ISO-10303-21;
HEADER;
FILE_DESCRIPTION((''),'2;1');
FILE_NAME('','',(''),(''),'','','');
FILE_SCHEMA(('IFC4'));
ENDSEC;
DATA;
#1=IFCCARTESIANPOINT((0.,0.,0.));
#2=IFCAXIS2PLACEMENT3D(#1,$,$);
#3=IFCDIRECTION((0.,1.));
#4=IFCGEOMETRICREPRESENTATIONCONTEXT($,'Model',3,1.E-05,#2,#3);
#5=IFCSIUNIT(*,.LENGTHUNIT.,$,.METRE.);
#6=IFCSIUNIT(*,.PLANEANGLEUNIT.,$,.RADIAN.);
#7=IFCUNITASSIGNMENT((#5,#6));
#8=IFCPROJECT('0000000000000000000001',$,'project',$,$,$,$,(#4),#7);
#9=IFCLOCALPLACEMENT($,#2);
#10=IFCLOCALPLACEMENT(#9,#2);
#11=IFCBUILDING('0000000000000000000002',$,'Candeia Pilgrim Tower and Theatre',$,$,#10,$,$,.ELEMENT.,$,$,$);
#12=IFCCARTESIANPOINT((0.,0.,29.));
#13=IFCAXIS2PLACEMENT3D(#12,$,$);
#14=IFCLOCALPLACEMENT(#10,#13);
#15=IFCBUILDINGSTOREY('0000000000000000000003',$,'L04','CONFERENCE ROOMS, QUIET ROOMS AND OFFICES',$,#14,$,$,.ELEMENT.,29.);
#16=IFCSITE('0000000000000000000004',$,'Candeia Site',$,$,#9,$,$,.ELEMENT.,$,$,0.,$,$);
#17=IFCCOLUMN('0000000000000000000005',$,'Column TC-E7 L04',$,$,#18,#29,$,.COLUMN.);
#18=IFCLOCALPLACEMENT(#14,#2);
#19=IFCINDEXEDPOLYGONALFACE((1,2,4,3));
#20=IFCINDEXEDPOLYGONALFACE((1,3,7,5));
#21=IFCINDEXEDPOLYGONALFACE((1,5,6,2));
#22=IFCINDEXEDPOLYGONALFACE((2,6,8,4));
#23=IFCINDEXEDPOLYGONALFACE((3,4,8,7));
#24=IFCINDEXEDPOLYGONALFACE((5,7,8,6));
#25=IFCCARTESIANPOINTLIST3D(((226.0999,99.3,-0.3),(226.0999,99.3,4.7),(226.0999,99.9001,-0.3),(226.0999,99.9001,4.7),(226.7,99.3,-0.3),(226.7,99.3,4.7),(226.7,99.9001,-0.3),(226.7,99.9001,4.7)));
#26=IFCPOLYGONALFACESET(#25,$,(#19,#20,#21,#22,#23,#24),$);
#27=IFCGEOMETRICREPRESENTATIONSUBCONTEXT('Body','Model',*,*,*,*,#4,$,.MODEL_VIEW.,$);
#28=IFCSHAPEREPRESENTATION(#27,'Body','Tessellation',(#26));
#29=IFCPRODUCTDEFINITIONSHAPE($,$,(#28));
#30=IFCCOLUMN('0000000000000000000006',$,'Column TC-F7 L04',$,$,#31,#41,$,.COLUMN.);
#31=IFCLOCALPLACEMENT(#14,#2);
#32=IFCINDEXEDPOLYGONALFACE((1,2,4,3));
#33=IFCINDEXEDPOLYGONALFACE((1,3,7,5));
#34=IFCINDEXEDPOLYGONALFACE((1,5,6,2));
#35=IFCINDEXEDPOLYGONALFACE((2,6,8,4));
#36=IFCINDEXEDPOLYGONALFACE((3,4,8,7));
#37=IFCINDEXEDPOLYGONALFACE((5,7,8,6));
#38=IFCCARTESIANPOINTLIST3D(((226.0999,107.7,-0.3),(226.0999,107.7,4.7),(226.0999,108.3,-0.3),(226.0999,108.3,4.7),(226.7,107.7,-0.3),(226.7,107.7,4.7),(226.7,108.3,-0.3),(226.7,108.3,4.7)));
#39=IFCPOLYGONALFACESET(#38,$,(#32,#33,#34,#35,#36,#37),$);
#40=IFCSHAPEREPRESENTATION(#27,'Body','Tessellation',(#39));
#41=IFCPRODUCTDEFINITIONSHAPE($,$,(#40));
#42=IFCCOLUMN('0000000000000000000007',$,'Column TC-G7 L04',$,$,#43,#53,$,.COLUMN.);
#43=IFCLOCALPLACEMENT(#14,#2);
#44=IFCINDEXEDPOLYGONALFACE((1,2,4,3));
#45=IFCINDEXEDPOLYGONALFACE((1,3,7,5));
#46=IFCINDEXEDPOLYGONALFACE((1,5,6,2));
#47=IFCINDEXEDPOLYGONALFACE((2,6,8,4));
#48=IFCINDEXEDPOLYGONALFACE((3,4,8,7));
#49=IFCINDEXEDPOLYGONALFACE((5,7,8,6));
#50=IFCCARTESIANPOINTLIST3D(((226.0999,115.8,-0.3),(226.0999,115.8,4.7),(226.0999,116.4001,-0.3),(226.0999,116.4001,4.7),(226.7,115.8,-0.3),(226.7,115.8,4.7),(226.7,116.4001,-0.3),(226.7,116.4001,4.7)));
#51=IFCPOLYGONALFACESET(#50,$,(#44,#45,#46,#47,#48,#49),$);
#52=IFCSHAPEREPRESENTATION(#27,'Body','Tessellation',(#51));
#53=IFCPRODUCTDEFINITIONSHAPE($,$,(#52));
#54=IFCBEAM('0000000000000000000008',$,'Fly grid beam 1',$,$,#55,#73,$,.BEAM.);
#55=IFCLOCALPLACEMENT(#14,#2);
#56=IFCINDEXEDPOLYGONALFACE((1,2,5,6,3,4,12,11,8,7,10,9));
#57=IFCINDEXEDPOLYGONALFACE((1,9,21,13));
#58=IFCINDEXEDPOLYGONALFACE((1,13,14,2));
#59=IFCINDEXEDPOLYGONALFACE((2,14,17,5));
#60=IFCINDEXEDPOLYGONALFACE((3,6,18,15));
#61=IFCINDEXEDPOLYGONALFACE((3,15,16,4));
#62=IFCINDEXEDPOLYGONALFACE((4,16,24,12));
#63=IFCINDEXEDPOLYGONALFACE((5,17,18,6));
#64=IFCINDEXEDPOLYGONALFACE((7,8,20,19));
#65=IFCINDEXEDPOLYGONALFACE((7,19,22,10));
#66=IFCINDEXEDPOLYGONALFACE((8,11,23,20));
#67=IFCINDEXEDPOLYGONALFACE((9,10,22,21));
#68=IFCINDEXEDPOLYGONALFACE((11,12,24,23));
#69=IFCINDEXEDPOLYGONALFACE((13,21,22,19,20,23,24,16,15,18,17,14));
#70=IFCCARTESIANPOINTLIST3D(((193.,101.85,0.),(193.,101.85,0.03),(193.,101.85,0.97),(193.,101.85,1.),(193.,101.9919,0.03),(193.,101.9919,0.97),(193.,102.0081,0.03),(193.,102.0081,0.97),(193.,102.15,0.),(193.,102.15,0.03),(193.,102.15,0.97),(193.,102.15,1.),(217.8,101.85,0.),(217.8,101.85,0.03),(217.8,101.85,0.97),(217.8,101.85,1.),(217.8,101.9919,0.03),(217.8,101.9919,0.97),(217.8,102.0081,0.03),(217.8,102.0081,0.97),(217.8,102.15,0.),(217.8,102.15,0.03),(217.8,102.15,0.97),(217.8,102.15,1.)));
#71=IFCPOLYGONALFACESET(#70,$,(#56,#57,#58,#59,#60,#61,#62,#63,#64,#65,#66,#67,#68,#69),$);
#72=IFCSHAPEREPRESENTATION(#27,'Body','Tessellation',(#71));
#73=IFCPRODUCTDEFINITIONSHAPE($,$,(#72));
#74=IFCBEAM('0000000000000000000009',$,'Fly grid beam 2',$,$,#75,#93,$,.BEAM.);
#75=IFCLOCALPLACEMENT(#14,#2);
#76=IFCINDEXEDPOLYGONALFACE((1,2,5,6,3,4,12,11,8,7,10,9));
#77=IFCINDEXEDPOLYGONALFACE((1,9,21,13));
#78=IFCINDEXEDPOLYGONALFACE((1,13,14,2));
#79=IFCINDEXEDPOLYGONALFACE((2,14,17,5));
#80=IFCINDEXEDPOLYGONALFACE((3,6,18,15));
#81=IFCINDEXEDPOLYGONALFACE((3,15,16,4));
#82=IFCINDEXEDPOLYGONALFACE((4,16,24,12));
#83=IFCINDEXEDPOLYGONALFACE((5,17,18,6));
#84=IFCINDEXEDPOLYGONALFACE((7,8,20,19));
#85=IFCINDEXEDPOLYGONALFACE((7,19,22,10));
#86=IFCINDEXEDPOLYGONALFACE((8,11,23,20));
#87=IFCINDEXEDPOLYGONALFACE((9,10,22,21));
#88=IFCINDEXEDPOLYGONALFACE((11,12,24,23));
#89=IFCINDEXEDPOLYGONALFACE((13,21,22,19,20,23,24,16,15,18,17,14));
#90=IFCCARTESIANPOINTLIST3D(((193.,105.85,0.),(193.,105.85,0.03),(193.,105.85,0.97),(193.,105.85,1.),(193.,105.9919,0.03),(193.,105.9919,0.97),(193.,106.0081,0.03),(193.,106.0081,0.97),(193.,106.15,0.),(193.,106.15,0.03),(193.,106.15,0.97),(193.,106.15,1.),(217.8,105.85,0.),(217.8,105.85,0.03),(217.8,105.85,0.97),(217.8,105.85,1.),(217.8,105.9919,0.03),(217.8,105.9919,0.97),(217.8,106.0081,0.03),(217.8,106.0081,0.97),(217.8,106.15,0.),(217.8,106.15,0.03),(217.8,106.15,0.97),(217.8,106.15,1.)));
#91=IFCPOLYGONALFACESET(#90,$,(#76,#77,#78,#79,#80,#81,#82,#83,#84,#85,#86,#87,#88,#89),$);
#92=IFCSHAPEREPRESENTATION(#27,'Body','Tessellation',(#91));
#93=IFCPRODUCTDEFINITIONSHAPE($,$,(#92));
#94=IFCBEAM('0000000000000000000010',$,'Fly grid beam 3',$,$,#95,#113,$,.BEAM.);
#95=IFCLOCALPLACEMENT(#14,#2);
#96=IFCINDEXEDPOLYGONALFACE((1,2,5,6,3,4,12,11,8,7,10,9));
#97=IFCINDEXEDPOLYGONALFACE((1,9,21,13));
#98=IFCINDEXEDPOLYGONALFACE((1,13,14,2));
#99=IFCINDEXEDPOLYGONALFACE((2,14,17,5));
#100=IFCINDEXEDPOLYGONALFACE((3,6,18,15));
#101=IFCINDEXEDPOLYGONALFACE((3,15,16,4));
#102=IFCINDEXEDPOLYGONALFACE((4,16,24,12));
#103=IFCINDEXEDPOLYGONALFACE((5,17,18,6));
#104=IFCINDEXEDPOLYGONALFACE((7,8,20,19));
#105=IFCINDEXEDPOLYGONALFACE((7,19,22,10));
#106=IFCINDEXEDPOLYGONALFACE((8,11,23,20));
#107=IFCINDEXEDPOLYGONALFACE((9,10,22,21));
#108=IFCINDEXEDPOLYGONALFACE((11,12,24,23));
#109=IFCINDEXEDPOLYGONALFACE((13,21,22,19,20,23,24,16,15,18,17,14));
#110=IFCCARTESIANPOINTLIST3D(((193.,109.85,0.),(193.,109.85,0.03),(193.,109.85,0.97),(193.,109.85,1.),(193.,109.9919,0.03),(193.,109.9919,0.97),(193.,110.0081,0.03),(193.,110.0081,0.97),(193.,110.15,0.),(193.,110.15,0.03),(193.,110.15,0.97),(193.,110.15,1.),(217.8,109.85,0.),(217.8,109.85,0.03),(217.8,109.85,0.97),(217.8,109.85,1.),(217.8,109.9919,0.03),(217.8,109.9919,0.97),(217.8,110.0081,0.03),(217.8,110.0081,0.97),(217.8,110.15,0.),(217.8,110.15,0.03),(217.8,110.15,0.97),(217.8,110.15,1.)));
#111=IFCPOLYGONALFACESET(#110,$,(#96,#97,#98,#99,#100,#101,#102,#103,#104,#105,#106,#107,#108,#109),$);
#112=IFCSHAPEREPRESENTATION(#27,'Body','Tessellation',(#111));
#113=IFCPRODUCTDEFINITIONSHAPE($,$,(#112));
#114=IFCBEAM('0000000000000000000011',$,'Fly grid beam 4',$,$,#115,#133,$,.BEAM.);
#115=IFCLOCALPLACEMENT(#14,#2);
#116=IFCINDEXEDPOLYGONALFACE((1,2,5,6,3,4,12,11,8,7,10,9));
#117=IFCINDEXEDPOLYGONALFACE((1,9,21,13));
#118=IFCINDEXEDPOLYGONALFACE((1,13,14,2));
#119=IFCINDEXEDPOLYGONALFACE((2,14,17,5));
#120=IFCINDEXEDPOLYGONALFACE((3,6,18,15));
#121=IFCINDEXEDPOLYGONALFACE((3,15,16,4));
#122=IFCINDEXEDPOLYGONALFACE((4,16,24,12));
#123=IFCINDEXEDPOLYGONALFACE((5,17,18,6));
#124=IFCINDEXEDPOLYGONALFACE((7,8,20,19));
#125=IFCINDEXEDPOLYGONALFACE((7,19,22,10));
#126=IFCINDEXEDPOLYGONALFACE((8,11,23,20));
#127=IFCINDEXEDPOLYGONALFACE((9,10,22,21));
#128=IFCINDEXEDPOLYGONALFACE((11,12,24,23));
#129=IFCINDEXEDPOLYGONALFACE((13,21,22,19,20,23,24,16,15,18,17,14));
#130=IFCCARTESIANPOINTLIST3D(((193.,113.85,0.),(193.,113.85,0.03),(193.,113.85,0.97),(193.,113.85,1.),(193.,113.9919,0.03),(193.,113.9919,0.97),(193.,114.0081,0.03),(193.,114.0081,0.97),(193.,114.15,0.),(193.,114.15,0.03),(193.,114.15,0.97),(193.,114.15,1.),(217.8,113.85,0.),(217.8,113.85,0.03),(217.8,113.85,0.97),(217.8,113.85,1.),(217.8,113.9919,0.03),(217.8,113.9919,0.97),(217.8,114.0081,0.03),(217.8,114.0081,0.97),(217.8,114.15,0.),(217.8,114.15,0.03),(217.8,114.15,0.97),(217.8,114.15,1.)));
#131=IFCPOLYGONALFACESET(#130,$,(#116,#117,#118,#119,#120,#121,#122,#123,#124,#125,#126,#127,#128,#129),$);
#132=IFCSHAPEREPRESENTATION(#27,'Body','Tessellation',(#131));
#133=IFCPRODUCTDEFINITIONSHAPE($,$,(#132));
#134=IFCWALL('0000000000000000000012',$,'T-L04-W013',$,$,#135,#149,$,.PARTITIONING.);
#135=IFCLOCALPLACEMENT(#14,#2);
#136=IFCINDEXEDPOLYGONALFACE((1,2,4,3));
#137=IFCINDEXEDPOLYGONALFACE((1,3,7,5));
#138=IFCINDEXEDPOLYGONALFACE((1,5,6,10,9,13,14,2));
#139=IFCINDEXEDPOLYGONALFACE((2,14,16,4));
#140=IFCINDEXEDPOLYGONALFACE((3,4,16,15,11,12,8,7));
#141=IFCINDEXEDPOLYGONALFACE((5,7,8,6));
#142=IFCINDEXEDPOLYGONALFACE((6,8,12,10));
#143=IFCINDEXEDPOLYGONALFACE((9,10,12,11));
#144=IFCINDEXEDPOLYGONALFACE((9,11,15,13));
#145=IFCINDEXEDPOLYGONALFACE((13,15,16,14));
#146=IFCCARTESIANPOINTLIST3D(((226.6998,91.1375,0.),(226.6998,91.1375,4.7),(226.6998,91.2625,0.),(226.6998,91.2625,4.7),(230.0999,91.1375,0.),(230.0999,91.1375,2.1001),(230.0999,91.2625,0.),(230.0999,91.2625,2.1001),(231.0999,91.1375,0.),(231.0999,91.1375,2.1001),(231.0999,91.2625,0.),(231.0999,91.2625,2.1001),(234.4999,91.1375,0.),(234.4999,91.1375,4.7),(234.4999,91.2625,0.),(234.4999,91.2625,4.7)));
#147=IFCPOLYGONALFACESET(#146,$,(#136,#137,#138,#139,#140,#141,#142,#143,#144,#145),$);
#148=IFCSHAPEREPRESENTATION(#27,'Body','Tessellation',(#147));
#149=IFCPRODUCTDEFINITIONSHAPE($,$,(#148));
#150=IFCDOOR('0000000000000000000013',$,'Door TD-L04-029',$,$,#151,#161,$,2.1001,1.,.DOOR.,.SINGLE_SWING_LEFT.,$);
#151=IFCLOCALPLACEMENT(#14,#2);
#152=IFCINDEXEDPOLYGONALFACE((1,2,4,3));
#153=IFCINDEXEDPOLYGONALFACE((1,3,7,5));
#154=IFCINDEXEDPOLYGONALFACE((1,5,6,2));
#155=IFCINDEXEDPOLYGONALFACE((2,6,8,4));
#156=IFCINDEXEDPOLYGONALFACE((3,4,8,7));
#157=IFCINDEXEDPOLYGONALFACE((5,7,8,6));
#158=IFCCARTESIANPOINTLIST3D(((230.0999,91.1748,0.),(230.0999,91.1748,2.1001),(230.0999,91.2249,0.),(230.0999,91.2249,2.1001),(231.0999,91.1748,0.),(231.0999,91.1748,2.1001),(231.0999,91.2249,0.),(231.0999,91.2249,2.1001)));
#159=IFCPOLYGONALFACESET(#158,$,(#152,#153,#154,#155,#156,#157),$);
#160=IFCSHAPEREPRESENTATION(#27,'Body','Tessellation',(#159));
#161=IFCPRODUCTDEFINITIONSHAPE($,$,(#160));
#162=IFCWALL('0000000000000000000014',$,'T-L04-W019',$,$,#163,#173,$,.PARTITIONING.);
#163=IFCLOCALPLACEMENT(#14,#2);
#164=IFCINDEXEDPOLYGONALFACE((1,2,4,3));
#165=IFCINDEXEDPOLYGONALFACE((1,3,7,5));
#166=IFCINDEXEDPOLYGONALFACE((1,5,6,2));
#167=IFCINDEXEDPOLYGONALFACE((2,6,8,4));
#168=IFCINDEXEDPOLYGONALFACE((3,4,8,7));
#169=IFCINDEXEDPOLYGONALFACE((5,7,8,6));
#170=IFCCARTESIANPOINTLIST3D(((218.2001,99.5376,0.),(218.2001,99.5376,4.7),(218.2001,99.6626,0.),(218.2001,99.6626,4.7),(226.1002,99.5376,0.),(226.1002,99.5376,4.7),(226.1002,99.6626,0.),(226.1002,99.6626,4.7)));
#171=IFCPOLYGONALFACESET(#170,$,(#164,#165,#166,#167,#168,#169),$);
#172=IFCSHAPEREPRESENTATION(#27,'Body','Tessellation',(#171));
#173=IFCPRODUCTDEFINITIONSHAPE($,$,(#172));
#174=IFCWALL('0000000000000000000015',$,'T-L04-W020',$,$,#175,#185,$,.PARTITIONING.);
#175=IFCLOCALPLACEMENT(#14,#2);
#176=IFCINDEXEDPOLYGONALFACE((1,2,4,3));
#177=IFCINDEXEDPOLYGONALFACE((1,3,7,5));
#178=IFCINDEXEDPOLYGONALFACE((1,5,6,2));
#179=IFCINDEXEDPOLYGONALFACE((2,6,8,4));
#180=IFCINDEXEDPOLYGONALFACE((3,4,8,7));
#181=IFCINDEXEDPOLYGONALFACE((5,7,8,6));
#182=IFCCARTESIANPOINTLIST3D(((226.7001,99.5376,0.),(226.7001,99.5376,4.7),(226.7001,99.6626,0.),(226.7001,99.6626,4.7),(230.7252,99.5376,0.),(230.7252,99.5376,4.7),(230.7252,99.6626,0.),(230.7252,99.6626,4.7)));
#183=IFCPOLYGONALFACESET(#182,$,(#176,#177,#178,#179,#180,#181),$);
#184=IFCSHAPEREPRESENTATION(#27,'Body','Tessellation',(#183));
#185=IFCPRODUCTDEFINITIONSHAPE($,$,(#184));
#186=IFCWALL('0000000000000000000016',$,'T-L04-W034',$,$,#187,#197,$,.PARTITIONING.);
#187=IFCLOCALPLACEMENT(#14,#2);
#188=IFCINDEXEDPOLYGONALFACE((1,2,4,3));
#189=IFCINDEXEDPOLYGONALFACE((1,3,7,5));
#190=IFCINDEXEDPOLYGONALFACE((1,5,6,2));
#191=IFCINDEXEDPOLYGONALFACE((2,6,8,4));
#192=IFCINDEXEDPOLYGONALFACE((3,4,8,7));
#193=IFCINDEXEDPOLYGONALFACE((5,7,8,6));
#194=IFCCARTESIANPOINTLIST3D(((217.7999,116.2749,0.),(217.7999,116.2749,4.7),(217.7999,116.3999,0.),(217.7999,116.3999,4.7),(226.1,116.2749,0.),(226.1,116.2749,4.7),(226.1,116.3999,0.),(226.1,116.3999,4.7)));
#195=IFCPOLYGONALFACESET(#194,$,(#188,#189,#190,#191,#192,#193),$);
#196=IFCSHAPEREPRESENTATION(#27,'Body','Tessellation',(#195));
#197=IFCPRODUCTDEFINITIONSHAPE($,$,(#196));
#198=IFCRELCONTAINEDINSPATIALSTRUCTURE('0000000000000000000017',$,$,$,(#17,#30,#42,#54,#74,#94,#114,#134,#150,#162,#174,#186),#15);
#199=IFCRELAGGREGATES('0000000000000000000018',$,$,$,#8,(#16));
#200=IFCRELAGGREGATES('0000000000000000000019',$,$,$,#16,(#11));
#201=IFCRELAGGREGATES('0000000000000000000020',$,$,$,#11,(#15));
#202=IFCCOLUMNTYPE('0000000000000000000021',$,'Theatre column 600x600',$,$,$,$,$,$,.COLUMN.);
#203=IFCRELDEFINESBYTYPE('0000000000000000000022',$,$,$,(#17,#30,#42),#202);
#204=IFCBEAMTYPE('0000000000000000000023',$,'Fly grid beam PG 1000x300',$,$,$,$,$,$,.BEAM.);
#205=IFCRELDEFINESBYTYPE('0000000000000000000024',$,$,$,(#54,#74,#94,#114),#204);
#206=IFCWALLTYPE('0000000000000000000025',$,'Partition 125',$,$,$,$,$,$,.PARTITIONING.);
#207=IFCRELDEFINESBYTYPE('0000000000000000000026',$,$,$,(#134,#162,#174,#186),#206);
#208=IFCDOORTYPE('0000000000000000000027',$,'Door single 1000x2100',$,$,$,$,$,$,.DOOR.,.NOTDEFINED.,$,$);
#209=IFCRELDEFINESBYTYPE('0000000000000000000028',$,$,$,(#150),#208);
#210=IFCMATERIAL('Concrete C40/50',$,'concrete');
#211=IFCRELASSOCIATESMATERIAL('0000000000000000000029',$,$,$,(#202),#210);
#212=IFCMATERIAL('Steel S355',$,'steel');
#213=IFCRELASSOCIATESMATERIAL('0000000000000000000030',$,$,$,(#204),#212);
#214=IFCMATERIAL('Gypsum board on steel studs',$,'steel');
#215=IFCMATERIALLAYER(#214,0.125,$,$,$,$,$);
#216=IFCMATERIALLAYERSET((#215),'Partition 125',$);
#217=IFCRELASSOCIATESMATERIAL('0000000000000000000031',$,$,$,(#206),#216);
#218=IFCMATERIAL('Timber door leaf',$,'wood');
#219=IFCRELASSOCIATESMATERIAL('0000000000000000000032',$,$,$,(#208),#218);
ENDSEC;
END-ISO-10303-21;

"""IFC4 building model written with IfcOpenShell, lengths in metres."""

from ifc_helpers import new_model, si_unit, direction, frame, frame_2d, origin, origin_2d, place, context, subcontext, project, spatial, rectangle, i_section, extrude, material, layer, layer_set, material_profile, profile_set, type_object, element, fill, save


model = new_model("IFC4")

# Units and contexts
model_context = context("Model", 3, precision=1e-05, world=origin(), true_north=direction((0.0, 1.0)))
body_context = subcontext(model_context, "Body", "Model", "MODEL_VIEW")
ifc_project = project(units=[si_unit("LENGTHUNIT", "METRE"), si_unit("PLANEANGLEUNIT", "RADIAN")], contexts=[model_context])

# Site, building, storey
site_placement = place(None, origin())
site = spatial("IfcSite", under=ifc_project, at=site_placement, Name="Candeia Site", CompositionType="ELEMENT", RefElevation=0.0)
building_placement = place(site_placement, origin())
building = spatial("IfcBuilding", under=site, at=building_placement, Name="Candeia Pilgrim Tower and Theatre", CompositionType="ELEMENT")
storey_placement = place(building_placement, frame((0.0, 0.0, 29.0)))
storey = spatial("IfcBuildingStorey", under=building, at=storey_placement, Name="L04", Description="CONFERENCE ROOMS, QUIET ROOMS AND OFFICES", CompositionType="ELEMENT", Elevation=29.0)

# Columns
ifc_material_1 = material(Name="Concrete C40/50", Category="concrete")
ifc_material_profile_1 = material_profile(ifc_material_1, rectangle(XDim=0.6001, YDim=0.6001, at=origin_2d()))
ifc_profile_set_1 = profile_set([ifc_material_profile_1], Name="Concrete C40/50")
column_type = type_object("IfcColumnType", Name="Theatre column 600x600", PredefinedType="COLUMN", material=ifc_profile_set_1)
for number, where, z_axis, x_axis, name in (
    (1, (226.3999, 99.6001, -0.3), (0.0, 0.0, 1.0), (1.0, 0.0, 0.0), "Column TC-E7 L04"),
    (2, (226.3999, 108.0, -0.3), (0.0, 0.0, 1.0), (1.0, 0.0, 0.0), "Column TC-F7 L04"),
    (3, (226.3999, 116.1001, -0.3), (0.0, 0.0, 1.0), (1.0, 0.0, 0.0), "Column TC-G7 L04"),
):
    element("IfcColumn", number, at=place(storey_placement, frame(where, z_axis=z_axis, x_axis=x_axis)), inside=storey, type_object=column_type, Name=name, PredefinedType="COLUMN", context=body_context, shape_type="SweptSolid", body=[
        extrude(rectangle(XDim=0.6001, YDim=0.6001, at=origin_2d()), origin(), (0.0, 0.0, 1.0), 5.0),
    ])

# Beams
ifc_material_2 = material(Name="Steel S355", Category="steel")
ifc_material_profile_2 = material_profile(ifc_material_2, i_section(OverallWidth=0.3, OverallDepth=1.0, WebThickness=0.0161, FlangeThickness=0.03, at=origin_2d()))
ifc_profile_set_2 = profile_set([ifc_material_profile_2], Name="Steel S355")
beam_type = type_object("IfcBeamType", Name="Fly grid beam PG 1000x300", PredefinedType="BEAM", material=ifc_profile_set_2)
for number, where, z_axis, x_axis, name in (
    (4, (193.0, 102.0, 0.5), (1.0, 0.0, 0.0), (0.0, 1.0, 0.0), "Fly grid beam 1"),
    (5, (193.0, 106.0, 0.5), (1.0, 0.0, 0.0), (0.0, 1.0, 0.0), "Fly grid beam 2"),
    (6, (193.0, 110.0, 0.5), (1.0, 0.0, 0.0), (0.0, 1.0, 0.0), "Fly grid beam 3"),
    (7, (193.0, 114.0, 0.5), (1.0, 0.0, 0.0), (0.0, 1.0, 0.0), "Fly grid beam 4"),
):
    element("IfcBeam", number, at=place(storey_placement, frame(where, z_axis=z_axis, x_axis=x_axis)), inside=storey, type_object=beam_type, Name=name, PredefinedType="BEAM", context=body_context, shape_type="SweptSolid", body=[
        extrude(i_section(OverallWidth=0.3, OverallDepth=1.0, WebThickness=0.0161, FlangeThickness=0.03, at=origin_2d()), origin(), (0.0, 0.0, 1.0), 24.8),
    ])

# Wall, opening, door
ifc_material_3 = material(Name="Gypsum board on steel studs", Category="steel")
ifc_layer_1 = layer(ifc_material_3, 0.125)
ifc_layer_set_1 = layer_set([ifc_layer_1], Name="Partition 125")
wall_type_1 = type_object("IfcWallType", Name="Partition 125", PredefinedType="PARTITIONING", material=ifc_layer_set_1)
wall_1_placement = place(storey_placement, frame((226.7, 91.2, 0.0), z_axis=(0.0, 0.0, 1.0), x_axis=(1.0, 0.0, 0.0)))
wall_1 = element("IfcWall", 8, at=wall_1_placement, inside=storey, type_object=wall_type_1, Name="T-L04-W013", PredefinedType="PARTITIONING", context=body_context, shape_type="SweptSolid", body=[
    extrude(rectangle(XDim=7.8, YDim=0.125, at=frame_2d((3.8999, 0.0))), origin(), (0.0, 0.0, 1.0), 4.7),
])
opening_1_placement = place(wall_1_placement, frame((3.3999, 0.0, 0.0)))
opening_1 = element("IfcOpeningElement", 9, at=opening_1_placement, cuts=wall_1, PredefinedType="OPENING", context=body_context, shape_type="SweptSolid", body=[
    extrude(rectangle(XDim=1.0, YDim=2.1001, at=frame_2d((0.5, 1.05))), frame((0.0, 0.0725, 0.0), z_axis=(0.0, -1.0, 0.0), x_axis=(1.0, 0.0, 0.0)), (0.0, 0.0, 1.0), 0.145),
])
ifc_material_4 = material(Name="Timber door leaf", Category="wood")
door_type_1 = type_object("IfcDoorType", Name="Door single 1000x2100", OperationType="NOTDEFINED", PredefinedType="DOOR", material=ifc_material_4)
door_1_placement = place(opening_1_placement, origin())
door_1 = element("IfcDoor", 10, at=door_1_placement, inside=storey, type_object=door_type_1, Name="Door TD-L04-029", OperationType="SINGLE_SWING_LEFT", OverallHeight=2.1001, OverallWidth=1.0, PredefinedType="DOOR", context=body_context, shape_type="SweptSolid", body=[
    extrude(rectangle(XDim=1.0, YDim=2.1001, at=frame_2d((0.5, 1.05))), frame((0.0, 0.0249, 0.0), z_axis=(0.0, -1.0, 0.0), x_axis=(1.0, 0.0, 0.0)), (0.0, 0.0, 1.0), 0.05),
])
fill(opening_1, door_1)

# Walls
wall_2_placement = place(storey_placement, frame((218.2, 99.6001, 0.0), z_axis=(0.0, 0.0, 1.0), x_axis=(1.0, 0.0, 0.0)))
element("IfcWall", 11, at=wall_2_placement, inside=storey, type_object=wall_type_1, Name="T-L04-W019", PredefinedType="PARTITIONING", context=body_context, shape_type="SweptSolid", body=[
    extrude(rectangle(XDim=7.9001, YDim=0.125, at=frame_2d((3.9502, 0.0))), origin(), (0.0, 0.0, 1.0), 4.7),
])
wall_3_placement = place(storey_placement, frame((226.7, 99.6001, 0.0), z_axis=(0.0, 0.0, 1.0), x_axis=(1.0, 0.0, 0.0)))
element("IfcWall", 12, at=wall_3_placement, inside=storey, type_object=wall_type_1, Name="T-L04-W020", PredefinedType="PARTITIONING", context=body_context, shape_type="SweptSolid", body=[
    extrude(rectangle(XDim=4.0251, YDim=0.125, at=frame_2d((2.0127, 0.0))), origin(), (0.0, 0.0, 1.0), 4.7),
])
wall_4_placement = place(storey_placement, frame((217.8, 116.3374, 0.0), z_axis=(0.0, 0.0, 1.0), x_axis=(1.0, 0.0, 0.0)))
element("IfcWall", 13, at=wall_4_placement, inside=storey, type_object=wall_type_1, Name="T-L04-W034", PredefinedType="PARTITIONING", context=body_context, shape_type="SweptSolid", body=[
    extrude(rectangle(XDim=8.3, YDim=0.125, at=frame_2d((4.1499, 0.0))), origin(), (0.0, 0.0, 1.0), 4.7),
])

save(model, "model.ifc")
